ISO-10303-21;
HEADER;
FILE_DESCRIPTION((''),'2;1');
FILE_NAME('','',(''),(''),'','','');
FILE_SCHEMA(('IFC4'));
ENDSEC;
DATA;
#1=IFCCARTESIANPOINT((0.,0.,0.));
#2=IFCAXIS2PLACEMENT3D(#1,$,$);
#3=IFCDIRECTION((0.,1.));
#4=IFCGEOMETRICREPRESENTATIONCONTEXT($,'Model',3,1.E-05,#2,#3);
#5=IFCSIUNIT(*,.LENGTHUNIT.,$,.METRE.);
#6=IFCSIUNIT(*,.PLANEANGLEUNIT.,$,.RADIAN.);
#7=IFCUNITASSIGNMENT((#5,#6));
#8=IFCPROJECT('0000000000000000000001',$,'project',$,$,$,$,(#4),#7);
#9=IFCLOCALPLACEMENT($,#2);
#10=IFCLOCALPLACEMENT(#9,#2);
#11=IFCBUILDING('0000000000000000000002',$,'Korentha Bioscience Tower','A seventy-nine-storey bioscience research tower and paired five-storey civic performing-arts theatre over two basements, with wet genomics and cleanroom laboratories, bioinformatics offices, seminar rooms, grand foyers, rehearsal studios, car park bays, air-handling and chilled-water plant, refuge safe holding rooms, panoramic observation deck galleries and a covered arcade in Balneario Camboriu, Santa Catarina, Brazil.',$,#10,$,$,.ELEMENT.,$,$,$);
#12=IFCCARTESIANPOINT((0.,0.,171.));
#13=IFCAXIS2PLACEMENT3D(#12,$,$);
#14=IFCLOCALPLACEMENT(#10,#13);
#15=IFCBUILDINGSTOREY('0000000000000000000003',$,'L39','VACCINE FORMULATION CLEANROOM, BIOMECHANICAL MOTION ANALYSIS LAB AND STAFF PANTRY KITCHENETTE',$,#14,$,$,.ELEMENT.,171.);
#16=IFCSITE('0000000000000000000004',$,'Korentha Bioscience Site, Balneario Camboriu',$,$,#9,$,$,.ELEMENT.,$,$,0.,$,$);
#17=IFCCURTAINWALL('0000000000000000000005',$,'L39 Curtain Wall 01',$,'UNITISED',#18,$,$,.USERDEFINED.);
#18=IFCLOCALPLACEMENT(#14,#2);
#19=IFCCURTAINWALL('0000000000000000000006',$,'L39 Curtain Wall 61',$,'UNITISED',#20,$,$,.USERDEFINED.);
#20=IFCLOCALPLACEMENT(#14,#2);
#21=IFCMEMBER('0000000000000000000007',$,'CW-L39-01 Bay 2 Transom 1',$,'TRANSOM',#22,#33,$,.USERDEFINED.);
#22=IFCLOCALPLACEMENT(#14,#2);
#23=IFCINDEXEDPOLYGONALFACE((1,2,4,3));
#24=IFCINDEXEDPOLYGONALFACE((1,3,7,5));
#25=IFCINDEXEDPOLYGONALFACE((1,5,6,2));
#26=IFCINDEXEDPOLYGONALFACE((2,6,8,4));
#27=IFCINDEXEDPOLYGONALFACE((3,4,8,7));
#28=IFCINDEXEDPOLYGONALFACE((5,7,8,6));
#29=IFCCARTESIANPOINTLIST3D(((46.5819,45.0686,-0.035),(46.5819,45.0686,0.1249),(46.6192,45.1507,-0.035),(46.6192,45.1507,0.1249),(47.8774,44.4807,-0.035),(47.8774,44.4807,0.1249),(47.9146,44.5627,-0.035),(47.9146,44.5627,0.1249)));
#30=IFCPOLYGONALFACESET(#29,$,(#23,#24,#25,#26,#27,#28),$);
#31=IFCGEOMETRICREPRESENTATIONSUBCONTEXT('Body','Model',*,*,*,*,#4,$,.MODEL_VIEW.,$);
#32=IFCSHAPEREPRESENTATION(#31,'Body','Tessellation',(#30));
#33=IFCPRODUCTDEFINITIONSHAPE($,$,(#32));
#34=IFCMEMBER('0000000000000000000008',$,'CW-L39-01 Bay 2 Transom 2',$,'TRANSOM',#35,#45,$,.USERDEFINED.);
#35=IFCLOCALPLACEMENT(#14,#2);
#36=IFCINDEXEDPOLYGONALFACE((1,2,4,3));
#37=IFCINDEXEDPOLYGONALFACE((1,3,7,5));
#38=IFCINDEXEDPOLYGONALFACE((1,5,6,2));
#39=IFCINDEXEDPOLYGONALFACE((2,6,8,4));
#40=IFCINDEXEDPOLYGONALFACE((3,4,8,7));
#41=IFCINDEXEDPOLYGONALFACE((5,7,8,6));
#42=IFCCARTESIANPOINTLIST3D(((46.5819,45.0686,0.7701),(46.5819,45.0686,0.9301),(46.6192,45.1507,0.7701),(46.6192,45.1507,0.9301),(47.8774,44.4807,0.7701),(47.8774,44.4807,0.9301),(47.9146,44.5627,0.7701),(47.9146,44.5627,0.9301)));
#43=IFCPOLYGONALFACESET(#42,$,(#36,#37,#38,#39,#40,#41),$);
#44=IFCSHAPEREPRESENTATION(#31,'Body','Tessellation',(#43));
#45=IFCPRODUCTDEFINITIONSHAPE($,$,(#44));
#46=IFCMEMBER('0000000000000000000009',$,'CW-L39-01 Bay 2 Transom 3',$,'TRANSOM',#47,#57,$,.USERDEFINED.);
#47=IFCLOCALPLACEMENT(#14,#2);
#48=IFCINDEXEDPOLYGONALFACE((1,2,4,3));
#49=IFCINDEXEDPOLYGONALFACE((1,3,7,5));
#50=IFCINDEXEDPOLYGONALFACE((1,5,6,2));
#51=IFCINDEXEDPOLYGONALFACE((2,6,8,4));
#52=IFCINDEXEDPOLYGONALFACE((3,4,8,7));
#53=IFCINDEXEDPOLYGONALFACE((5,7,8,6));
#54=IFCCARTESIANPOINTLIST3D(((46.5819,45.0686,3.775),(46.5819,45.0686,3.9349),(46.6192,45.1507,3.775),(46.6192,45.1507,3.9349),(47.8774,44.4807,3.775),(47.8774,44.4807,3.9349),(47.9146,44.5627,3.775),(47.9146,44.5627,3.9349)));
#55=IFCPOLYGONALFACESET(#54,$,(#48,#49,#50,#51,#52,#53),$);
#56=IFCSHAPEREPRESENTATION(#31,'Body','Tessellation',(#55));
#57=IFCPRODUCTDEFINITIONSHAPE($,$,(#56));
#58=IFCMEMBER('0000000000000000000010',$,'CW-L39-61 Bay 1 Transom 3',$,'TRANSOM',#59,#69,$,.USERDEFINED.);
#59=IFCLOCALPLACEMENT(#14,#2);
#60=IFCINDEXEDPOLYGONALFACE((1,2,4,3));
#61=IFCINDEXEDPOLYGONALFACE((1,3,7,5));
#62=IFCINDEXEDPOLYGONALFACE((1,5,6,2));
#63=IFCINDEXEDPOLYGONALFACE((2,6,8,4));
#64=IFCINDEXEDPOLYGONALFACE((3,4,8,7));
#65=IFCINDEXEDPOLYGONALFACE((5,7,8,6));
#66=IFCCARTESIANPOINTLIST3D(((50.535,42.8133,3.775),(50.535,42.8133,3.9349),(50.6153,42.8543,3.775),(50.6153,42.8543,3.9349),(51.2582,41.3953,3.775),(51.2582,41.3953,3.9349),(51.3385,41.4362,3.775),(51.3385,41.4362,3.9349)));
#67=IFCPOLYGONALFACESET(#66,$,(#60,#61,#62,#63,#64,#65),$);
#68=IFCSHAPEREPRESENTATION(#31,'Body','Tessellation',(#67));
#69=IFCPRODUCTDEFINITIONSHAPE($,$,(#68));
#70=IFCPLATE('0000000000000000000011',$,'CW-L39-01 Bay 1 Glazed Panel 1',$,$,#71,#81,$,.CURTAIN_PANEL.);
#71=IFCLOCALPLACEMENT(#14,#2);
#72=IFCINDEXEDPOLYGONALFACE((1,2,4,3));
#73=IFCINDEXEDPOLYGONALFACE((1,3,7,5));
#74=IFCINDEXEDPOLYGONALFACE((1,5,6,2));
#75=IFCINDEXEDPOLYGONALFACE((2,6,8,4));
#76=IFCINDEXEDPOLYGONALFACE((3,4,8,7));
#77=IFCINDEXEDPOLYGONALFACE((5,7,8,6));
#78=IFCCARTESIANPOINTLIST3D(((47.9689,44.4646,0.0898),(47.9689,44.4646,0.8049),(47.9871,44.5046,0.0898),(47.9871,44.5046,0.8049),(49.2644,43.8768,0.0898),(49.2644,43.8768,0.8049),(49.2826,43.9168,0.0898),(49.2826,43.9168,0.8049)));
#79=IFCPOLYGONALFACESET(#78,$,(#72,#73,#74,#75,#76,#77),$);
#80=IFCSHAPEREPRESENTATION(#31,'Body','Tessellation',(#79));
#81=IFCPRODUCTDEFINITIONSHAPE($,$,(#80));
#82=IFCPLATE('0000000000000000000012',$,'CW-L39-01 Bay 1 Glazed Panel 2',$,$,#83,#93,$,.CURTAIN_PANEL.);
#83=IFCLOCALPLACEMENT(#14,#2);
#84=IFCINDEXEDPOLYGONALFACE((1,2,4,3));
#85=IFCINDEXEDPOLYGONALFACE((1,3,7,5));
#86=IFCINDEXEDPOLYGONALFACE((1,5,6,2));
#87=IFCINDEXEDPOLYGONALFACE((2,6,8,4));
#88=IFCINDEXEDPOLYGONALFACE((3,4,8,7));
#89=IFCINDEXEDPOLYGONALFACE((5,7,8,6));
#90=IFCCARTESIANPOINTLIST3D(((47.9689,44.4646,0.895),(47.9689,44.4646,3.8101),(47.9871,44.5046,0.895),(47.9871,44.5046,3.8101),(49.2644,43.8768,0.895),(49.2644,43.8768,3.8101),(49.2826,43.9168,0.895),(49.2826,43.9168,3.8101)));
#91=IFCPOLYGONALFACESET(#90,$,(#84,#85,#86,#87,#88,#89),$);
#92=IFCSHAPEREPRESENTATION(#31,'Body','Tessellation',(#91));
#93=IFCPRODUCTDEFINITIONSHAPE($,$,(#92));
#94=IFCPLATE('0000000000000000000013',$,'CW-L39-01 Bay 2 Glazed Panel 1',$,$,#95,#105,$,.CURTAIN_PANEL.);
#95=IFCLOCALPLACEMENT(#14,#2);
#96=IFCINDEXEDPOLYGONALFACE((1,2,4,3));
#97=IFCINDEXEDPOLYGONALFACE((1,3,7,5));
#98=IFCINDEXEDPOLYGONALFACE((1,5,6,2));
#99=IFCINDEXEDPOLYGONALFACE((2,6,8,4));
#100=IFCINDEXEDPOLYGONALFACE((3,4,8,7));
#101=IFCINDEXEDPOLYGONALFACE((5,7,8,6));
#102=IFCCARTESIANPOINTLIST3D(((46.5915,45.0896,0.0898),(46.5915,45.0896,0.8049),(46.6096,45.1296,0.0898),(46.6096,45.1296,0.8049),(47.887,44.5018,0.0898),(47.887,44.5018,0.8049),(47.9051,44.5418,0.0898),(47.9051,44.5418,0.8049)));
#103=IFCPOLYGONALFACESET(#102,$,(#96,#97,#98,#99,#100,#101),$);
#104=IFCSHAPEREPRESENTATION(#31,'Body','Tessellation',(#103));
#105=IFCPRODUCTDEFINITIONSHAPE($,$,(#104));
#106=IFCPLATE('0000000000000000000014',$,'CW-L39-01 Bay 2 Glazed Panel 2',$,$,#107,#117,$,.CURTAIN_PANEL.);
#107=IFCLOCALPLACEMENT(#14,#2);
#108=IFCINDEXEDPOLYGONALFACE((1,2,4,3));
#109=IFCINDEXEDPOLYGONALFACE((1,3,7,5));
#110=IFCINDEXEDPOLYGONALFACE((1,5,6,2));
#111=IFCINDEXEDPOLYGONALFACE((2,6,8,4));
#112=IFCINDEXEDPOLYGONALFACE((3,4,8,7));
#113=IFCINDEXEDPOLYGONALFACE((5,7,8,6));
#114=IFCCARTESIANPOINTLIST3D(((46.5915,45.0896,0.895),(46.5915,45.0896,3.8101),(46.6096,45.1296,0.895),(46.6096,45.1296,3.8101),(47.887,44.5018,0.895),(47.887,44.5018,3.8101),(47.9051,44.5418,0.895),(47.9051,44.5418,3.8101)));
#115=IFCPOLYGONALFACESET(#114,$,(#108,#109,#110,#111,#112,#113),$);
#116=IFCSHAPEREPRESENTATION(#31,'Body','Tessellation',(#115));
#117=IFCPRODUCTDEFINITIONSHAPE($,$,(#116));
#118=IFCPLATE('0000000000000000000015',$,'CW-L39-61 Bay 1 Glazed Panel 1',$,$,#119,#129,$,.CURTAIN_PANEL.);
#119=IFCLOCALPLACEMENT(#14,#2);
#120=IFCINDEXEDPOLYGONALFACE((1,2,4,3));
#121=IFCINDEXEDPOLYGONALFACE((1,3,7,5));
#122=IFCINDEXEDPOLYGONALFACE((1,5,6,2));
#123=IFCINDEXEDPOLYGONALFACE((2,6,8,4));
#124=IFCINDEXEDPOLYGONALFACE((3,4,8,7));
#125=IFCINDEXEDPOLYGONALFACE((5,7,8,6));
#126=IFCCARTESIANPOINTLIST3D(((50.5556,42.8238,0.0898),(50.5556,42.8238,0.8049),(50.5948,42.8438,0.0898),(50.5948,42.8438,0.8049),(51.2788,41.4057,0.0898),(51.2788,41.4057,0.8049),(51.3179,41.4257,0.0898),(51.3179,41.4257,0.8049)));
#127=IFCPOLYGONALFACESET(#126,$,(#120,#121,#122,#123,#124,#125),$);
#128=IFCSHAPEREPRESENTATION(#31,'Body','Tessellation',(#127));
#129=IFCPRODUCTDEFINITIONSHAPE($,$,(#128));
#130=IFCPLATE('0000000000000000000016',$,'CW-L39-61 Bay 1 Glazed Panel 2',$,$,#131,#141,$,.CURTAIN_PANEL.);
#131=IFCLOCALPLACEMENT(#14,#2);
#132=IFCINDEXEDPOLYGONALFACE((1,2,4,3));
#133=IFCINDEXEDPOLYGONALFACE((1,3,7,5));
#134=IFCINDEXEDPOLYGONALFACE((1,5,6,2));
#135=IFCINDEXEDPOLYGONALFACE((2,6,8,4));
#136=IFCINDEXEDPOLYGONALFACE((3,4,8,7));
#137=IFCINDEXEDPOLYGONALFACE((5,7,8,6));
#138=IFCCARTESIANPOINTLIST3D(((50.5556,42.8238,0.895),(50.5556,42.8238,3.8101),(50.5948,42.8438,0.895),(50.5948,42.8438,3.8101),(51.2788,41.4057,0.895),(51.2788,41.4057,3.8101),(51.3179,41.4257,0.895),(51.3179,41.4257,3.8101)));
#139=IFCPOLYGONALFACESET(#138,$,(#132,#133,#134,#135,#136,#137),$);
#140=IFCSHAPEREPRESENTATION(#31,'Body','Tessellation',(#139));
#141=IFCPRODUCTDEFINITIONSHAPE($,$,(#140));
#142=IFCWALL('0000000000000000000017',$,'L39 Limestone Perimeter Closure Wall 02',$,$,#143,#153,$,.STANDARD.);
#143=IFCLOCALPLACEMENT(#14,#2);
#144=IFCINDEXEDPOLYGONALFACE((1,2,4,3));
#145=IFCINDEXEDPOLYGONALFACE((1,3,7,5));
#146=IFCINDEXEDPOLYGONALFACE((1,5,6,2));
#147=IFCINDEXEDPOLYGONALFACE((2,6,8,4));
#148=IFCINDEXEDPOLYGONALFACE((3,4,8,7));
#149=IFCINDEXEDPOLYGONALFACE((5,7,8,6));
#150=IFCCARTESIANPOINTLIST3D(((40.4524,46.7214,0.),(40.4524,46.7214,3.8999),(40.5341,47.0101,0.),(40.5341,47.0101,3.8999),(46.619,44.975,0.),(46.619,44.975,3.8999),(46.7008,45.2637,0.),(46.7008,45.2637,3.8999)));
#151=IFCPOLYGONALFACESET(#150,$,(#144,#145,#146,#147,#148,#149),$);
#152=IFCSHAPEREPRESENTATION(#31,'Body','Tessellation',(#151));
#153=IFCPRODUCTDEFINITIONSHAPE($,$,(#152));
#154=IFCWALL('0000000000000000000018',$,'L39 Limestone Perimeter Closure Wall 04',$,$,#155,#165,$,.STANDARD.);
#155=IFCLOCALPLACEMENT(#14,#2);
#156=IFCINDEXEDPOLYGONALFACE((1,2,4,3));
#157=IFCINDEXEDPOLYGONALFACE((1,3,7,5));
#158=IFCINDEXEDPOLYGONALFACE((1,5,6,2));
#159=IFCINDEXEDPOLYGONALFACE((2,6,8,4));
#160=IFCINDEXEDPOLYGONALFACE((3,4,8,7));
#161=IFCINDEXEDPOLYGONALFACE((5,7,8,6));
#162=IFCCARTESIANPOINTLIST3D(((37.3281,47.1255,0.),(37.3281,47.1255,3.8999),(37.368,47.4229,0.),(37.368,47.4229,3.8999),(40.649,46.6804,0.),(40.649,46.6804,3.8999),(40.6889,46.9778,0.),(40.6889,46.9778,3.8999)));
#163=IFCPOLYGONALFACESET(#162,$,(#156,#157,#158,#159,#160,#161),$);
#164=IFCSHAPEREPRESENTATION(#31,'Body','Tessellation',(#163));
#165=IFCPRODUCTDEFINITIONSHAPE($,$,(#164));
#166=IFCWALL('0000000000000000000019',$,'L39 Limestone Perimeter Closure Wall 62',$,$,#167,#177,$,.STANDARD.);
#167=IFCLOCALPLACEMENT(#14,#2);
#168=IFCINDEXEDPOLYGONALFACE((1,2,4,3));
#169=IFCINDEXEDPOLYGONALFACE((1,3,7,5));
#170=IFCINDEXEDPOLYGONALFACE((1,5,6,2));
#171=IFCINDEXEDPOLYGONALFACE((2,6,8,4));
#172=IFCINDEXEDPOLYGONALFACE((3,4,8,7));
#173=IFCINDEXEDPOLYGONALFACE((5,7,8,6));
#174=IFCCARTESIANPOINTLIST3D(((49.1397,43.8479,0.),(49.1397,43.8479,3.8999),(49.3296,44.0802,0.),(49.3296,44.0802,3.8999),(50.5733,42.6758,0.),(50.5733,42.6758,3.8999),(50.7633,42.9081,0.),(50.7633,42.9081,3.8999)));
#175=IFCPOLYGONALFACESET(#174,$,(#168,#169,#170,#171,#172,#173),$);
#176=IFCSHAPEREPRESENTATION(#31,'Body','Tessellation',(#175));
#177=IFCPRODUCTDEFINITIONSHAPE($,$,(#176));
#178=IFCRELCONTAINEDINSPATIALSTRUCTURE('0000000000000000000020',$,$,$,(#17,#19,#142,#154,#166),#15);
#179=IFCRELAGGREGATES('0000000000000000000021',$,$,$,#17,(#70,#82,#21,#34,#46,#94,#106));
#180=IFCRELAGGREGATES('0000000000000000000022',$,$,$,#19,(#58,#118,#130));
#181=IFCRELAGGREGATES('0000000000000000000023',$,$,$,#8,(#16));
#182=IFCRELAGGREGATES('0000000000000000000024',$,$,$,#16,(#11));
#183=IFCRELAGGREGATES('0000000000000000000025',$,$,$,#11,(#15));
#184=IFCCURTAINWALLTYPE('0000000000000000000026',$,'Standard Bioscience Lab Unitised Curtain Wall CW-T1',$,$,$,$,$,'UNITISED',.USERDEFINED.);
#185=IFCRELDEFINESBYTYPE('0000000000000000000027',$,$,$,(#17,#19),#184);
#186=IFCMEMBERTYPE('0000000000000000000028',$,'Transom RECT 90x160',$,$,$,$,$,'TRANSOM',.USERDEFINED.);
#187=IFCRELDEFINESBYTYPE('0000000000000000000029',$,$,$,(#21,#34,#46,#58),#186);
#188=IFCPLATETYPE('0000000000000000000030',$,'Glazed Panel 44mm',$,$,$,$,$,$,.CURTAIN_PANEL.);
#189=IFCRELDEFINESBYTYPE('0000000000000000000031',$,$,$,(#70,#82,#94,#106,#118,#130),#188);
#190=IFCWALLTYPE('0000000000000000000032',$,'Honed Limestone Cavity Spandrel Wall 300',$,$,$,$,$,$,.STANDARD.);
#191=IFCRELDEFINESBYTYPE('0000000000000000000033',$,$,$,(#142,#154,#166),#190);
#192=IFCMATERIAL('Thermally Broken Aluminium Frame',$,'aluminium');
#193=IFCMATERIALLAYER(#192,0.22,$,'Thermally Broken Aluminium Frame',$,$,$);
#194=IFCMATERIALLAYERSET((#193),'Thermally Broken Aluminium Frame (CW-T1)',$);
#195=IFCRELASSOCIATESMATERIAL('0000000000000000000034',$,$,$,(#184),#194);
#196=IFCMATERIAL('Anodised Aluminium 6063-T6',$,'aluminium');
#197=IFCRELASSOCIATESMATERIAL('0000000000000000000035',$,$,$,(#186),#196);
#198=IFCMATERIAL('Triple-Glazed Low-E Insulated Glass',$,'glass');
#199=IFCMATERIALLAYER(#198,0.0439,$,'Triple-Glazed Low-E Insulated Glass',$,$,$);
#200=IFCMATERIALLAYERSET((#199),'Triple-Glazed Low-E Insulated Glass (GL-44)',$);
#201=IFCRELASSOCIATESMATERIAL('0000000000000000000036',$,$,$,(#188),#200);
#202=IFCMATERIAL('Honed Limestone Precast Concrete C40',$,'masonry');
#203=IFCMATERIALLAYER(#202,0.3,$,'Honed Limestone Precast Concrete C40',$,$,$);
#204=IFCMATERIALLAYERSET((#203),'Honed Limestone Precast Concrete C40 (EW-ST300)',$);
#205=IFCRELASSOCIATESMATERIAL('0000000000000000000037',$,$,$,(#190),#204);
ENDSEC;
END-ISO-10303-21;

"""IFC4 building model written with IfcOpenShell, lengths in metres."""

from ifc_helpers import new_model, si_unit, direction, frame, frame_2d, origin, origin_2d, place, context, subcontext, project, spatial, rectangle, extrude, material, layer, layer_set, material_profile, profile_set, type_object, element, aggregate, save


model = new_model("IFC4")

# Units and contexts
model_context = context("Model", 3, precision=1e-05, world=origin(), true_north=direction((0.0, 1.0)))
body_context = subcontext(model_context, "Body", "Model", "MODEL_VIEW")
ifc_project = project(units=[si_unit("LENGTHUNIT", "METRE"), si_unit("PLANEANGLEUNIT", "RADIAN")], contexts=[model_context])

# Site, building, storey
site_placement = place(None, origin())
site = spatial("IfcSite", under=ifc_project, at=site_placement, Name="Korentha Bioscience Site, Balneario Camboriu", CompositionType="ELEMENT", RefElevation=0.0)
building_placement = place(site_placement, origin())
building = spatial("IfcBuilding", under=site, at=building_placement, Name="Korentha Bioscience Tower", Description="A seventy-nine-storey bioscience research tower and paired five-storey civic performing-arts theatre over two basements, with wet genomics and cleanroom laboratories, bioinformatics offices, seminar rooms, grand foyers, rehearsal studios, car park bays, air-handling and chilled-water plant, refuge safe holding rooms, panoramic observation deck galleries and a covered arcade in Balneario Camboriu, Santa Catarina, Brazil.", CompositionType="ELEMENT")
storey_placement = place(building_placement, frame((0.0, 0.0, 171.0)))
storey = spatial("IfcBuildingStorey", under=building, at=storey_placement, Name="L39", Description="VACCINE FORMULATION CLEANROOM, BIOMECHANICAL MOTION ANALYSIS LAB AND STAFF PANTRY KITCHENETTE", CompositionType="ELEMENT", Elevation=171.0)

# Curtain wall
ifc_material_1 = material(Name="Thermally Broken Aluminium Frame", Category="aluminium")
ifc_layer_1 = layer(ifc_material_1, 0.22, Name="Thermally Broken Aluminium Frame")
ifc_layer_set_1 = layer_set([ifc_layer_1], Name="Thermally Broken Aluminium Frame (CW-T1)")
curtain_wall_type = type_object("IfcCurtainWallType", Name="Standard Bioscience Lab Unitised Curtain Wall CW-T1", ElementType="UNITISED", PredefinedType="USERDEFINED", material=ifc_layer_set_1)
curtain_wall_1_placement = place(storey_placement, origin())
curtain_wall_1 = element("IfcCurtainWall", 1, at=curtain_wall_1_placement, inside=storey, type_object=curtain_wall_type, Name="L39 Curtain Wall 01", ObjectType="UNITISED", PredefinedType="USERDEFINED")
ifc_material_2 = material(Name="Anodised Aluminium 6063-T6", Category="aluminium")

# Curtain wall
curtain_wall_2_placement = place(storey_placement, origin())
curtain_wall_2 = element("IfcCurtainWall", 2, at=curtain_wall_2_placement, inside=storey, type_object=curtain_wall_type, Name="L39 Curtain Wall 61", ObjectType="UNITISED", PredefinedType="USERDEFINED")

# Members
ifc_material_profile_1 = material_profile(ifc_material_2, rectangle(XDim=0.0901, YDim=0.1599, at=origin_2d()), Name="Anodised Aluminium 6063-T6")
ifc_profile_set_1 = profile_set([ifc_material_profile_1], Name="Anodised Aluminium 6063-T6 (CW-TRN)")
member_type_1 = type_object("IfcMemberType", Name="Transom RECT 90x160", ElementType="TRANSOM", PredefinedType="USERDEFINED", material=ifc_profile_set_1)
member_1_placement = place(storey_placement, frame((47.896, 44.5217, 0.0449), z_axis=(-0.910613, 0.41326, 0.0), x_axis=(-0.41326, -0.910613, 0.0)))
member_1 = element("IfcMember", 3, at=member_1_placement, type_object=member_type_1, Name="CW-L39-01 Bay 2 Transom 1", ObjectType="TRANSOM", PredefinedType="USERDEFINED", context=body_context, shape_type="SweptSolid", body=[
    extrude(rectangle(XDim=0.0901, YDim=0.1599, at=origin_2d()), origin(), (0.0, 0.0, 1.0), 1.4226),
])
member_2_placement = place(storey_placement, frame((47.896, 44.5217, 0.8501), z_axis=(-0.910613, 0.41326, 0.0), x_axis=(-0.41326, -0.910613, 0.0)))
member_2 = element("IfcMember", 4, at=member_2_placement, type_object=member_type_1, Name="CW-L39-01 Bay 2 Transom 2", ObjectType="TRANSOM", PredefinedType="USERDEFINED", context=body_context, shape_type="SweptSolid", body=[
    extrude(rectangle(XDim=0.0901, YDim=0.1599, at=origin_2d()), origin(), (0.0, 0.0, 1.0), 1.4226),
])
member_3_placement = place(storey_placement, frame((47.896, 44.5217, 3.855), z_axis=(-0.910613, 0.41326, 0.0), x_axis=(-0.41326, -0.910613, 0.0)))
member_3 = element("IfcMember", 5, at=member_3_placement, type_object=member_type_1, Name="CW-L39-01 Bay 2 Transom 3", ObjectType="TRANSOM", PredefinedType="USERDEFINED", context=body_context, shape_type="SweptSolid", body=[
    extrude(rectangle(XDim=0.0901, YDim=0.1599, at=origin_2d()), origin(), (0.0, 0.0, 1.0), 1.4226),
])
member_4_placement = place(storey_placement, frame((51.2983, 41.4158, 3.855), z_axis=(-0.454316, 0.89084, 0.0), x_axis=(-0.89084, -0.454316, 0.0)))
member_4 = element("IfcMember", 6, at=member_4_placement, type_object=member_type_1, Name="CW-L39-61 Bay 1 Transom 3", ObjectType="TRANSOM", PredefinedType="USERDEFINED", context=body_context, shape_type="SweptSolid", body=[
    extrude(rectangle(XDim=0.0901, YDim=0.1599, at=origin_2d()), origin(), (0.0, 0.0, 1.0), 1.5918),
])

# Plates
ifc_material_3 = material(Name="Triple-Glazed Low-E Insulated Glass", Category="glass")
ifc_layer_2 = layer(ifc_material_3, 0.0439, Name="Triple-Glazed Low-E Insulated Glass")
ifc_layer_set_2 = layer_set([ifc_layer_2], Name="Triple-Glazed Low-E Insulated Glass (GL-44)")
plate_type = type_object("IfcPlateType", Name="Glazed Panel 44mm", PredefinedType="CURTAIN_PANEL", material=ifc_layer_set_2)
plate_1_placement = place(storey_placement, frame((48.6257, 44.1907, 0.0898), z_axis=(0.0, 0.0, 1.0), x_axis=(-0.910644, 0.413191, 0.0)))
plate_1 = element("IfcPlate", 7, at=plate_1_placement, type_object=plate_type, Name="CW-L39-01 Bay 1 Glazed Panel 1", PredefinedType="CURTAIN_PANEL", context=body_context, shape_type="SweptSolid", body=[
    extrude(rectangle(XDim=1.4226, YDim=0.0439, at=origin_2d()), origin(), (0.0, 0.0, 1.0), 0.7151),
])
plate_2_placement = place(storey_placement, frame((48.6257, 44.1907, 0.895), z_axis=(0.0, 0.0, 1.0), x_axis=(-0.910644, 0.413191, 0.0)))
plate_2 = element("IfcPlate", 8, at=plate_2_placement, type_object=plate_type, Name="CW-L39-01 Bay 1 Glazed Panel 2", PredefinedType="CURTAIN_PANEL", context=body_context, shape_type="SweptSolid", body=[
    extrude(rectangle(XDim=1.4226, YDim=0.0439, at=origin_2d()), origin(), (0.0, 0.0, 1.0), 2.915),
])
plate_3_placement = place(storey_placement, frame((47.2483, 44.8157, 0.0898), z_axis=(0.0, 0.0, 1.0), x_axis=(-0.910644, 0.413191, 0.0)))
plate_3 = element("IfcPlate", 9, at=plate_3_placement, type_object=plate_type, Name="CW-L39-01 Bay 2 Glazed Panel 1", PredefinedType="CURTAIN_PANEL", context=body_context, shape_type="SweptSolid", body=[
    extrude(rectangle(XDim=1.4226, YDim=0.0439, at=origin_2d()), origin(), (0.0, 0.0, 1.0), 0.7151),
])
plate_4_placement = place(storey_placement, frame((47.2483, 44.8157, 0.895), z_axis=(0.0, 0.0, 1.0), x_axis=(-0.910644, 0.413191, 0.0)))
plate_4 = element("IfcPlate", 10, at=plate_4_placement, type_object=plate_type, Name="CW-L39-01 Bay 2 Glazed Panel 2", PredefinedType="CURTAIN_PANEL", context=body_context, shape_type="SweptSolid", body=[
    extrude(rectangle(XDim=1.4226, YDim=0.0439, at=origin_2d()), origin(), (0.0, 0.0, 1.0), 2.915),
])
aggregate(curtain_wall_1, [plate_1, plate_2, member_1, member_2, member_3, plate_3, plate_4])
plate_5_placement = place(storey_placement, frame((50.9368, 42.1248, 0.0898), z_axis=(0.0, 0.0, 1.0), x_axis=(-0.454288, 0.890855, 0.0)))
plate_5 = element("IfcPlate", 11, at=plate_5_placement, type_object=plate_type, Name="CW-L39-61 Bay 1 Glazed Panel 1", PredefinedType="CURTAIN_PANEL", context=body_context, shape_type="SweptSolid", body=[
    extrude(rectangle(XDim=1.5918, YDim=0.0439, at=origin_2d()), origin(), (0.0, 0.0, 1.0), 0.7151),
])
plate_6_placement = place(storey_placement, frame((50.9368, 42.1248, 0.895), z_axis=(0.0, 0.0, 1.0), x_axis=(-0.454288, 0.890855, 0.0)))
plate_6 = element("IfcPlate", 12, at=plate_6_placement, type_object=plate_type, Name="CW-L39-61 Bay 1 Glazed Panel 2", PredefinedType="CURTAIN_PANEL", context=body_context, shape_type="SweptSolid", body=[
    extrude(rectangle(XDim=1.5918, YDim=0.0439, at=origin_2d()), origin(), (0.0, 0.0, 1.0), 2.915),
])
aggregate(curtain_wall_2, [member_4, plate_5, plate_6])

# Walls
ifc_material_4 = material(Name="Honed Limestone Precast Concrete C40", Category="masonry")
ifc_layer_3 = layer(ifc_material_4, 0.3, Name="Honed Limestone Precast Concrete C40")
ifc_layer_set_3 = layer_set([ifc_layer_3], Name="Honed Limestone Precast Concrete C40 (EW-ST300)")
wall_type = type_object("IfcWallType", Name="Honed Limestone Cavity Spandrel Wall 300", PredefinedType="STANDARD", material=ifc_layer_set_3)
wall_1_placement = place(storey_placement, frame((46.6599, 45.1194, 0.0), z_axis=(0.0, 0.0, 1.0), x_axis=(-0.962164, 0.272472, 0.0)))
element("IfcWall", 13, at=wall_1_placement, inside=storey, type_object=wall_type, Name="L39 Limestone Perimeter Closure Wall 02", PredefinedType="STANDARD", context=body_context, shape_type="SweptSolid", body=[
    extrude(rectangle(XDim=6.4092, YDim=0.3, at=frame_2d((3.2046, 0.0))), origin(), (0.0, 0.0, 1.0), 3.8999),
])
wall_2_placement = place(storey_placement, frame((40.6689, 46.8291, 0.0), z_axis=(0.0, 0.0, 1.0), x_axis=(-0.991138, 0.132837, 0.0)))
element("IfcWall", 14, at=wall_2_placement, inside=storey, type_object=wall_type, Name="L39 Limestone Perimeter Closure Wall 04", PredefinedType="STANDARD", context=body_context, shape_type="SweptSolid", body=[
    extrude(rectangle(XDim=3.3506, YDim=0.3, at=frame_2d((1.6753, 0.0))), origin(), (0.0, 0.0, 1.0), 3.8999),
])
wall_3_placement = place(storey_placement, frame((50.6682, 42.792, 0.0), z_axis=(0.0, 0.0, 1.0), x_axis=(-0.774175, 0.632972, 0.0)))
element("IfcWall", 15, at=wall_3_placement, inside=storey, type_object=wall_type, Name="L39 Limestone Perimeter Closure Wall 62", PredefinedType="STANDARD", context=body_context, shape_type="SweptSolid", body=[
    extrude(rectangle(XDim=1.8518, YDim=0.3, at=frame_2d((0.9258, 0.0))), origin(), (0.0, 0.0, 1.0), 3.8999),
])

save(model, "model.ifc")
